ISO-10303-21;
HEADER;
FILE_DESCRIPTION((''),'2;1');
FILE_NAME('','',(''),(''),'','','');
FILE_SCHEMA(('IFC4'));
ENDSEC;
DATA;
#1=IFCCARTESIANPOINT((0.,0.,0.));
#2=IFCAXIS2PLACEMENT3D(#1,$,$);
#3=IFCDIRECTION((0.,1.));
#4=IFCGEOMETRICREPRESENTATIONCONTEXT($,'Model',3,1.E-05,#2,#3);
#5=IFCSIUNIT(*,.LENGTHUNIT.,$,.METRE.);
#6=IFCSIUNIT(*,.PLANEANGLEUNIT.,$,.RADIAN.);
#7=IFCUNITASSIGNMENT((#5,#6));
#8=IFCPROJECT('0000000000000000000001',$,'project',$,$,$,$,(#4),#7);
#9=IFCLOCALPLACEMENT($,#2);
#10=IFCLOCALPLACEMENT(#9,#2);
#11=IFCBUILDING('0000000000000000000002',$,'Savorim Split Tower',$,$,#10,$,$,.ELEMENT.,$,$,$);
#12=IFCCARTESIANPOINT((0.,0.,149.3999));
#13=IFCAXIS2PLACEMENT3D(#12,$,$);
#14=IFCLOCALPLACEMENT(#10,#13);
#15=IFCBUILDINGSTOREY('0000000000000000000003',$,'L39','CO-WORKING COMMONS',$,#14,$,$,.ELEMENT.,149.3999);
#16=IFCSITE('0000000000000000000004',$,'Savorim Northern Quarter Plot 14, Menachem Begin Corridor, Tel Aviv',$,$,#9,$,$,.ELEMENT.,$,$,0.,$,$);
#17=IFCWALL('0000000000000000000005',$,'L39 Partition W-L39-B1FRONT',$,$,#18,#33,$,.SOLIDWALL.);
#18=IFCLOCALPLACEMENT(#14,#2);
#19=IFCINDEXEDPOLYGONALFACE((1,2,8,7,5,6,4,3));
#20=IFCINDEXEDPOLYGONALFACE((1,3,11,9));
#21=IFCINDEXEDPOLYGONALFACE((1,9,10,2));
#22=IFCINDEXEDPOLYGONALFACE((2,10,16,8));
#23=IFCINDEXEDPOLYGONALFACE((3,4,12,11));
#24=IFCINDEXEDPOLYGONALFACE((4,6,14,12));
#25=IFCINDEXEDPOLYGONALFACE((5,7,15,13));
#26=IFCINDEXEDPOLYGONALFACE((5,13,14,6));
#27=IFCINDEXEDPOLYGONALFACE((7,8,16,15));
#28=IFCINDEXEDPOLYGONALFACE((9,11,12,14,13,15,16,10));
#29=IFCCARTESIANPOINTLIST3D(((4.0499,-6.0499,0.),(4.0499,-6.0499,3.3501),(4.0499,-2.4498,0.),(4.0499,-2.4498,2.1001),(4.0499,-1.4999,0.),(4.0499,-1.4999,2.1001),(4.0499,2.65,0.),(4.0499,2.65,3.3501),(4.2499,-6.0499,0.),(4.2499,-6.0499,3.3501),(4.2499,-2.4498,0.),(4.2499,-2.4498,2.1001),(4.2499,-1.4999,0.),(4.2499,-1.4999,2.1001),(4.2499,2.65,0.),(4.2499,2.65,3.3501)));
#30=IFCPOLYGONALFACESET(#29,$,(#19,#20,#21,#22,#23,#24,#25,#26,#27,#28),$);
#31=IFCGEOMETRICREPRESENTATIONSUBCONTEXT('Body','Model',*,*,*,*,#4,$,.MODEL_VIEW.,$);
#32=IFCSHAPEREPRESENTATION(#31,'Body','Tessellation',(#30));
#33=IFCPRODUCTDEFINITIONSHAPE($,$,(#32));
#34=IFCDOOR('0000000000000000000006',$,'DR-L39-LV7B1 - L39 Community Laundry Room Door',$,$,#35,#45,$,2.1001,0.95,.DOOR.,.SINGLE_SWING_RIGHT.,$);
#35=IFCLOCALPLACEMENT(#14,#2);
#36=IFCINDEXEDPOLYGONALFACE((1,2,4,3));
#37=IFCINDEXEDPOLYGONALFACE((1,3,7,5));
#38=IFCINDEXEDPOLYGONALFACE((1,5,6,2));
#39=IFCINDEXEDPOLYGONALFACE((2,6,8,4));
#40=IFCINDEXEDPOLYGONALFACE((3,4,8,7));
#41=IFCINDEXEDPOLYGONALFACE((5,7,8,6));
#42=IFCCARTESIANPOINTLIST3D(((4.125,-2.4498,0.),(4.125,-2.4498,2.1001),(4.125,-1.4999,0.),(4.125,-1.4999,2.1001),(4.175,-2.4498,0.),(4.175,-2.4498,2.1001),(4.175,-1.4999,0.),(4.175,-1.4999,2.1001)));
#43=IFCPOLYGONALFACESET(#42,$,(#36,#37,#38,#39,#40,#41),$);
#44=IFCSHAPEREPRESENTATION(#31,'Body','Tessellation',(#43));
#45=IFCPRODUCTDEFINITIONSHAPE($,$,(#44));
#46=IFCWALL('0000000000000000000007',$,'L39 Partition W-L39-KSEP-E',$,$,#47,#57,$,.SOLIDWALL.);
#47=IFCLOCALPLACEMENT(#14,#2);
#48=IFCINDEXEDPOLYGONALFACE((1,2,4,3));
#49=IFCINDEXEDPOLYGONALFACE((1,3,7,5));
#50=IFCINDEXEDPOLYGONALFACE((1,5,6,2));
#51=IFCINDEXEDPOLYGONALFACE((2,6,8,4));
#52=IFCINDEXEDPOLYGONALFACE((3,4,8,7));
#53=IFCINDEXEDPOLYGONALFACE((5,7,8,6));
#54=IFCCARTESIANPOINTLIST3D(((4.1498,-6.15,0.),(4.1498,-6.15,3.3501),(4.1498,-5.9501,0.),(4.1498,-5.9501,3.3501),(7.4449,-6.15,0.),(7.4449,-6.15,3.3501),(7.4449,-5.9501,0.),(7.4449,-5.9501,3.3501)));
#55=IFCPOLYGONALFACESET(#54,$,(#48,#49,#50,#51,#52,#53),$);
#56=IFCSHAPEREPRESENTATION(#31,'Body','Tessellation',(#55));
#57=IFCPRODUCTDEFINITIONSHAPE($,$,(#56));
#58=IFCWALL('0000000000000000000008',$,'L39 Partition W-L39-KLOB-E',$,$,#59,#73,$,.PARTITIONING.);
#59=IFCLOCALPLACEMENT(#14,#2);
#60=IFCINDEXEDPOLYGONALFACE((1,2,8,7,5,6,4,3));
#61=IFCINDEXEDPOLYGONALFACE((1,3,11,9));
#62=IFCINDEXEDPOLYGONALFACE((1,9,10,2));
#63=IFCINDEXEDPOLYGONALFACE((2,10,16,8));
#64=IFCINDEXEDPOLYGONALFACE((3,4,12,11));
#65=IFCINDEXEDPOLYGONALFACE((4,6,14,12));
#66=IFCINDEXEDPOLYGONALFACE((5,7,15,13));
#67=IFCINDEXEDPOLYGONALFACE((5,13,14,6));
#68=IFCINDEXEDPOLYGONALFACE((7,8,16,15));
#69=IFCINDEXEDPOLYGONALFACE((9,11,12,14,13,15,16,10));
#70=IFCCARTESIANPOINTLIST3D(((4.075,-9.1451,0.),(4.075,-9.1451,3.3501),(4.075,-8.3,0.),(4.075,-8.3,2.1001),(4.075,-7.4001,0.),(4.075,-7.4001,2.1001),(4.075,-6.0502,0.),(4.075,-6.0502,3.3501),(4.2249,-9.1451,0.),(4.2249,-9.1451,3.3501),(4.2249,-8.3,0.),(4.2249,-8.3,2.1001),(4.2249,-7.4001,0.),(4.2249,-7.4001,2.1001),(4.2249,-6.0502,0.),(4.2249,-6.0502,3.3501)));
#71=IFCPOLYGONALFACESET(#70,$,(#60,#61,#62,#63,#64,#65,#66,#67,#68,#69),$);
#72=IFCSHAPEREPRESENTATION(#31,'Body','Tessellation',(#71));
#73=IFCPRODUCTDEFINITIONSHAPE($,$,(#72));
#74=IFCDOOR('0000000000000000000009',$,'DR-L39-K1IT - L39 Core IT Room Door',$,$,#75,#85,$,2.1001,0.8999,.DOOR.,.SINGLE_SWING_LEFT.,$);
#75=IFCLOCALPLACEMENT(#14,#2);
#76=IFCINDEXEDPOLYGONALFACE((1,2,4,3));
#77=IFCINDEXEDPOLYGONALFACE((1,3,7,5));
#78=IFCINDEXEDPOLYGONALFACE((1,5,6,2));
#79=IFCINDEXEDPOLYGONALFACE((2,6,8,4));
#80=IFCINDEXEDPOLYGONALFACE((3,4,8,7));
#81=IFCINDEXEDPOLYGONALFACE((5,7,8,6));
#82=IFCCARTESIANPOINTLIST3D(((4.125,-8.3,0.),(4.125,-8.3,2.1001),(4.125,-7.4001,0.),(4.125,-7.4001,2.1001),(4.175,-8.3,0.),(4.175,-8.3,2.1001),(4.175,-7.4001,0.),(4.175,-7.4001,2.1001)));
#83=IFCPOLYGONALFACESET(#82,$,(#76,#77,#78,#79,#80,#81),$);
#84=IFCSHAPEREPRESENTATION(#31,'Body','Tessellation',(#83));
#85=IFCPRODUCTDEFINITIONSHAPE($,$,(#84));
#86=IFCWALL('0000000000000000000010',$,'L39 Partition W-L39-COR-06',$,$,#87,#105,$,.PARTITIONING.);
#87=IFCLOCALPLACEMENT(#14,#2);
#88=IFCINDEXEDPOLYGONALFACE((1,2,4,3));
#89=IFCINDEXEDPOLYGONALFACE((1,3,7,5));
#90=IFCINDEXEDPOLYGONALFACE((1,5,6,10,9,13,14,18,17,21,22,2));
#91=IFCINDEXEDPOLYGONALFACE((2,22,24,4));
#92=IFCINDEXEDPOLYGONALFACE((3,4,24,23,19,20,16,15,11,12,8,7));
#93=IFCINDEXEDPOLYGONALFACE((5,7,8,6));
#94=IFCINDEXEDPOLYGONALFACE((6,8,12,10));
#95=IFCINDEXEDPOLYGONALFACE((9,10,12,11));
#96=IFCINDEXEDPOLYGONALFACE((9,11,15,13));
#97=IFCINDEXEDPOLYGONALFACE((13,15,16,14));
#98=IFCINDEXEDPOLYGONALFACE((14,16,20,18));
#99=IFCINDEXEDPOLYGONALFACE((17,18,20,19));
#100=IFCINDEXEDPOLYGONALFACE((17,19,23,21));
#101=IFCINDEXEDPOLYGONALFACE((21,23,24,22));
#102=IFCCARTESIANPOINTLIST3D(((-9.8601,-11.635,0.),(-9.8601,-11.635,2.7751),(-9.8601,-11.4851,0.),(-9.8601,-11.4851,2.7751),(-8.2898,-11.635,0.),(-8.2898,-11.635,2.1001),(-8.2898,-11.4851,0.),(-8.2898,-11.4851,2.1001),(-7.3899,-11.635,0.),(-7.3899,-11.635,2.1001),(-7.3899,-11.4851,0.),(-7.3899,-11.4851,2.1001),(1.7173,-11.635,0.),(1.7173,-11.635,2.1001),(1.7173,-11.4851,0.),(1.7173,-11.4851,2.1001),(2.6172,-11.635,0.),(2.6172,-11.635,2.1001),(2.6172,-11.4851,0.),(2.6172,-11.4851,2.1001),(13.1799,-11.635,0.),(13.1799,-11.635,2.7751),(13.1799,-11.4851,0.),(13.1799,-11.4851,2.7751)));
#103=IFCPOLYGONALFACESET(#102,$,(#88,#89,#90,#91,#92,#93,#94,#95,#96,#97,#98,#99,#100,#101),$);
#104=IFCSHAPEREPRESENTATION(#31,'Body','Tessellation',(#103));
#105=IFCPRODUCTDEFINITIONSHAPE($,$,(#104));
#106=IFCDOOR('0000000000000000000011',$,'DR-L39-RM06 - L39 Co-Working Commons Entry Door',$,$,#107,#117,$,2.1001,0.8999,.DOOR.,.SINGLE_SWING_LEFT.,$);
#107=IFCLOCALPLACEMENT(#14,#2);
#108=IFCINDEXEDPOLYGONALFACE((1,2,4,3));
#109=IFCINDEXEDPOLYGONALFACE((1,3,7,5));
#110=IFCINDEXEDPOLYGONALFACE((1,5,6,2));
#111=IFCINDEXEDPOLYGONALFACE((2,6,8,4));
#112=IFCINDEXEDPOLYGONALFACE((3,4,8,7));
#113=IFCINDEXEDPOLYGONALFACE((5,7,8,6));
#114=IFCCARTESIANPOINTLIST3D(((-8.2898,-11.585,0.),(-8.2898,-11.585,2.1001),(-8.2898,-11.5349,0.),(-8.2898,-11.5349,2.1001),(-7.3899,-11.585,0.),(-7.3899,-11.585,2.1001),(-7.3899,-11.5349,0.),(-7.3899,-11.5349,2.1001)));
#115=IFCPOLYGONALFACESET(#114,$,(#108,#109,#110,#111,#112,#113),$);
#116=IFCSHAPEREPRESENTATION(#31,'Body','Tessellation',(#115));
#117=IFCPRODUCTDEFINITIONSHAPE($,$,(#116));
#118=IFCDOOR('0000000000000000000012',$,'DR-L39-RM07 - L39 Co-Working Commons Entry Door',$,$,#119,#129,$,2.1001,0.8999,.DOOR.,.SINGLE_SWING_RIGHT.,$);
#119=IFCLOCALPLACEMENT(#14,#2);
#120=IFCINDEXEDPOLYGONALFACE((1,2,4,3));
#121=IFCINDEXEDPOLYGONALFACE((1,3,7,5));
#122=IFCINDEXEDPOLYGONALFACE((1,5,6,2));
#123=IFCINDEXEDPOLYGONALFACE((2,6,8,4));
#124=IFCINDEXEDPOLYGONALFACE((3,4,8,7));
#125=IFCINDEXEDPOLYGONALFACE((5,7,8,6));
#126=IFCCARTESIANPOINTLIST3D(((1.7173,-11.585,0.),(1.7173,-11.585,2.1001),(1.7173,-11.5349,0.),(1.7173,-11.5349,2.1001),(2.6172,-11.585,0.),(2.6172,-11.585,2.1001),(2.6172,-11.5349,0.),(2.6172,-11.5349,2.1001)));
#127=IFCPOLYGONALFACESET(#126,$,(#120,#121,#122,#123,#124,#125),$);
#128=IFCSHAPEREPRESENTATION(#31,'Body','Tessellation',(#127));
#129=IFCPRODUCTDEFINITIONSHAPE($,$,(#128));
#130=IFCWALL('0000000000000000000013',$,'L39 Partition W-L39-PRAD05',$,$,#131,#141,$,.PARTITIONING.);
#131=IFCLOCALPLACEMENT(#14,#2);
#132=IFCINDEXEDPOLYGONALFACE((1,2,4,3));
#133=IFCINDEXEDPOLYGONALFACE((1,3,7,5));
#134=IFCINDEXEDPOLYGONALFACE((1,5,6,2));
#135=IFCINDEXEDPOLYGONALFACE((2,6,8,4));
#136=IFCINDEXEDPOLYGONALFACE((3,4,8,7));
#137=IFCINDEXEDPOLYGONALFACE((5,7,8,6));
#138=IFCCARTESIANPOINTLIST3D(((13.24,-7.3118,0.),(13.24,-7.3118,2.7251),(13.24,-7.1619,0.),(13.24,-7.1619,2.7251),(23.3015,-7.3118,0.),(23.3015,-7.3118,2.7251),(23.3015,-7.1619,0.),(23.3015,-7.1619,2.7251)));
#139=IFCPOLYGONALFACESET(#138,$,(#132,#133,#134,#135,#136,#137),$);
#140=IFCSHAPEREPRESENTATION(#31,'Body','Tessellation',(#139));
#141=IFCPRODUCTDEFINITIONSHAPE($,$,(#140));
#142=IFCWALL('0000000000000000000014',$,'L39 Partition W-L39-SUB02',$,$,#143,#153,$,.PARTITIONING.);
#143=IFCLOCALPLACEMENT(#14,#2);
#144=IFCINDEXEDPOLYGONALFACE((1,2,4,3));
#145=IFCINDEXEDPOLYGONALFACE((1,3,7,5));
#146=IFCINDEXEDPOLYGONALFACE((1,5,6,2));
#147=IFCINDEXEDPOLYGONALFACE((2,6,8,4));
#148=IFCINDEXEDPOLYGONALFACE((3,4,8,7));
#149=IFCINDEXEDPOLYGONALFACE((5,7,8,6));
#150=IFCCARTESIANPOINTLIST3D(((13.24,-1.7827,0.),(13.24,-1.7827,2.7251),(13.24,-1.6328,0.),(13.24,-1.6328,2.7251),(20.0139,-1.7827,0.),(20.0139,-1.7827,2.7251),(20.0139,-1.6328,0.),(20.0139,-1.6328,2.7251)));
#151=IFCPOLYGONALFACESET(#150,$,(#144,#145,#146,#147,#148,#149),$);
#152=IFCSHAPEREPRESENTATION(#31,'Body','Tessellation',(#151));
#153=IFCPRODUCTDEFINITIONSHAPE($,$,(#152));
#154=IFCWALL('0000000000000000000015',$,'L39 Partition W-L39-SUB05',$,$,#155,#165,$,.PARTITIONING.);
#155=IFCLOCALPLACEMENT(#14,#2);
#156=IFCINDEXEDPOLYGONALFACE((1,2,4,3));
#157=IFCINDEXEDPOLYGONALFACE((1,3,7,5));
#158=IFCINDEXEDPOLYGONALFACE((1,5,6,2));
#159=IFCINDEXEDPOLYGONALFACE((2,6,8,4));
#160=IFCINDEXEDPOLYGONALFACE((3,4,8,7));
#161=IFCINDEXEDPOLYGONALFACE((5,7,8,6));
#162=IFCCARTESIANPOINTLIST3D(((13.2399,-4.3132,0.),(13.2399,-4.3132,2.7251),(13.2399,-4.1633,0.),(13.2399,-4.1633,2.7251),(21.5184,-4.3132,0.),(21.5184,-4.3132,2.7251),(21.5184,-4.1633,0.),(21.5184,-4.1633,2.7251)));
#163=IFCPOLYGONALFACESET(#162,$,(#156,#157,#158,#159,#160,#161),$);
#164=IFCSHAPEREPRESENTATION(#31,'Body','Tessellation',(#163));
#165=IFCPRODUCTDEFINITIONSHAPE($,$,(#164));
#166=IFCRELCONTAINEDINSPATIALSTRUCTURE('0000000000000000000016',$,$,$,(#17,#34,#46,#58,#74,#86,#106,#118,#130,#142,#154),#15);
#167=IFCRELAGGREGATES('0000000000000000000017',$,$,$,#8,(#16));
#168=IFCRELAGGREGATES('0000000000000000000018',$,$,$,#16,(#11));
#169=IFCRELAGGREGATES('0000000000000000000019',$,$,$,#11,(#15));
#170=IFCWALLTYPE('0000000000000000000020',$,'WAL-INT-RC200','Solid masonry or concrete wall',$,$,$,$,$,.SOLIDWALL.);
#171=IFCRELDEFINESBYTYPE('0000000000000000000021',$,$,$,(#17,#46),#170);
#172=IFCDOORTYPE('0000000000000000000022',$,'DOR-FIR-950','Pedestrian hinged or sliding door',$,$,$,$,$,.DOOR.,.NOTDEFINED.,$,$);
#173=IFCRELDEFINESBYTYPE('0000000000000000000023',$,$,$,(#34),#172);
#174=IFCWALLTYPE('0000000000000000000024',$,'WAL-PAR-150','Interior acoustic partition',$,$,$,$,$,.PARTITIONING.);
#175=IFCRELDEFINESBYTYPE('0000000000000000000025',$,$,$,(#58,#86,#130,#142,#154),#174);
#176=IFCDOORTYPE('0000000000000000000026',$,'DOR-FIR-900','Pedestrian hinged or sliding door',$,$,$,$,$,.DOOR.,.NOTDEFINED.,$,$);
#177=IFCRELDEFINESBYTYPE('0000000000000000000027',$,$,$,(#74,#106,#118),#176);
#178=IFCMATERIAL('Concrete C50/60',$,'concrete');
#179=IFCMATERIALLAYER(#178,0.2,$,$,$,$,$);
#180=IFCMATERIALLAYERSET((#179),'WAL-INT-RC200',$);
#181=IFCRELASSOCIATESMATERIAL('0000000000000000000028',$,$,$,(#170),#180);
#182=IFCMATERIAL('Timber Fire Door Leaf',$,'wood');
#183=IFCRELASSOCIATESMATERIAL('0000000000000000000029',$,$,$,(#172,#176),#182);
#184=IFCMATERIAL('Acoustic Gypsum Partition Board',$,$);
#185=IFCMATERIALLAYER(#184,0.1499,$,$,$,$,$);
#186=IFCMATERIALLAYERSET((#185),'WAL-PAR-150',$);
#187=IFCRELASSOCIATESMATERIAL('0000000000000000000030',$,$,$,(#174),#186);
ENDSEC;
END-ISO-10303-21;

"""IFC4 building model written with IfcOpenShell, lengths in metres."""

from ifc_helpers import new_model, si_unit, direction, frame, frame_2d, origin, place, context, subcontext, project, spatial, rectangle, extrude, material, layer, layer_set, type_object, element, fill, save


model = new_model("IFC4")

# Units and contexts
model_context = context("Model", 3, precision=1e-05, world=origin(), true_north=direction((0.0, 1.0)))
body_context = subcontext(model_context, "Body", "Model", "MODEL_VIEW")
ifc_project = project(units=[si_unit("LENGTHUNIT", "METRE"), si_unit("PLANEANGLEUNIT", "RADIAN")], contexts=[model_context])

# Site, building, storey
site_placement = place(None, origin())
site = spatial("IfcSite", under=ifc_project, at=site_placement, Name="Savorim Northern Quarter Plot 14, Menachem Begin Corridor, Tel Aviv", CompositionType="ELEMENT", RefElevation=0.0)
building_placement = place(site_placement, origin())
building = spatial("IfcBuilding", under=site, at=building_placement, Name="Savorim Split Tower", CompositionType="ELEMENT")
storey_placement = place(building_placement, frame((0.0, 0.0, 149.3999)))
storey = spatial("IfcBuildingStorey", under=building, at=storey_placement, Name="L39", Description="CO-WORKING COMMONS", CompositionType="ELEMENT", Elevation=149.3999)

# Shared definitions
ifc_material_1 = material(Name="Concrete C50/60", Category="concrete")

# Wall, opening, door
ifc_layer_1 = layer(ifc_material_1, 0.2)
ifc_layer_set_1 = layer_set([ifc_layer_1], Name="WAL-INT-RC200")
wall_type_1 = type_object("IfcWallType", Name="WAL-INT-RC200", Description="Solid masonry or concrete wall", PredefinedType="SOLIDWALL", material=ifc_layer_set_1)
wall_1_placement = place(storey_placement, frame((4.1499, -6.05, 0.0), z_axis=(0.0, 0.0, 1.0), x_axis=(0.0, 1.0, 0.0)))
wall_1 = element("IfcWall", 1, at=wall_1_placement, inside=storey, type_object=wall_type_1, Name="L39 Partition W-L39-B1FRONT", PredefinedType="SOLIDWALL", context=body_context, shape_type="SweptSolid", body=[
    extrude(rectangle(XDim=8.7, YDim=0.2, at=frame_2d((4.3501, 0.0))), origin(), (0.0, 0.0, 1.0), 3.3501),
])
opening_1_placement = place(wall_1_placement, frame((3.6001, 0.0, 0.0)))
opening_1 = element("IfcOpeningElement", 2, at=opening_1_placement, cuts=wall_1, PredefinedType="OPENING", context=body_context, shape_type="SweptSolid", body=[
    extrude(rectangle(XDim=0.95, YDim=2.1001, at=frame_2d((0.4751, 1.05))), frame((0.0, 0.1099, 0.0), z_axis=(0.0, -1.0, 0.0), x_axis=(1.0, 0.0, 0.0)), (0.0, 0.0, 1.0), 0.22),
])
ifc_material_2 = material(Name="Timber Fire Door Leaf", Category="wood")
door_type_1 = type_object("IfcDoorType", Name="DOR-FIR-950", Description="Pedestrian hinged or sliding door", OperationType="NOTDEFINED", PredefinedType="DOOR", material=ifc_material_2)
door_1_placement = place(opening_1_placement, origin())
door_1 = element("IfcDoor", 3, at=door_1_placement, inside=storey, type_object=door_type_1, Name="DR-L39-LV7B1 - L39 Community Laundry Room Door", OperationType="SINGLE_SWING_RIGHT", OverallHeight=2.1001, OverallWidth=0.95, PredefinedType="DOOR", context=body_context, shape_type="SweptSolid", body=[
    extrude(rectangle(XDim=0.95, YDim=2.1001, at=frame_2d((0.4751, 1.05))), frame((0.0, 0.0249, 0.0), z_axis=(0.0, -1.0, 0.0), x_axis=(1.0, 0.0, 0.0)), (0.0, 0.0, 1.0), 0.05),
])
fill(opening_1, door_1)

# Wall
wall_2_placement = place(storey_placement, frame((4.1499, -6.05, 0.0), z_axis=(0.0, 0.0, 1.0), x_axis=(1.0, 0.0, 0.0)))
element("IfcWall", 4, at=wall_2_placement, inside=storey, type_object=wall_type_1, Name="L39 Partition W-L39-KSEP-E", PredefinedType="SOLIDWALL", context=body_context, shape_type="SweptSolid", body=[
    extrude(rectangle(XDim=3.2952, YDim=0.2, at=frame_2d((1.6475, 0.0))), origin(), (0.0, 0.0, 1.0), 3.3501),
])

# Wall, opening, door
ifc_material_3 = material(Name="Acoustic Gypsum Partition Board")
ifc_layer_2 = layer(ifc_material_3, 0.1499)
ifc_layer_set_2 = layer_set([ifc_layer_2], Name="WAL-PAR-150")
wall_type_2 = type_object("IfcWallType", Name="WAL-PAR-150", Description="Interior acoustic partition", PredefinedType="PARTITIONING", material=ifc_layer_set_2)
wall_3_placement = place(storey_placement, frame((4.1499, -9.145, 0.0), z_axis=(0.0, 0.0, 1.0), x_axis=(0.0, 1.0, 0.0)))
wall_3 = element("IfcWall", 5, at=wall_3_placement, inside=storey, type_object=wall_type_2, Name="L39 Partition W-L39-KLOB-E", PredefinedType="PARTITIONING", context=body_context, shape_type="SweptSolid", body=[
    extrude(rectangle(XDim=3.095, YDim=0.1499, at=frame_2d((1.5474, 0.0))), origin(), (0.0, 0.0, 1.0), 3.3501),
])
opening_2_placement = place(wall_3_placement, frame((0.845, 0.0, 0.0)))
opening_2 = element("IfcOpeningElement", 6, at=opening_2_placement, cuts=wall_3, PredefinedType="OPENING", context=body_context, shape_type="SweptSolid", body=[
    extrude(rectangle(XDim=0.8999, YDim=2.1001, at=frame_2d((0.45, 1.05))), frame((0.0, 0.085, 0.0), z_axis=(0.0, -1.0, 0.0), x_axis=(1.0, 0.0, 0.0)), (0.0, 0.0, 1.0), 0.1699),
])
door_type_2 = type_object("IfcDoorType", Name="DOR-FIR-900", Description="Pedestrian hinged or sliding door", OperationType="NOTDEFINED", PredefinedType="DOOR", material=ifc_material_2)
door_2_placement = place(opening_2_placement, origin())
door_2 = element("IfcDoor", 7, at=door_2_placement, inside=storey, type_object=door_type_2, Name="DR-L39-K1IT - L39 Core IT Room Door", OperationType="SINGLE_SWING_LEFT", OverallHeight=2.1001, OverallWidth=0.8999, PredefinedType="DOOR", context=body_context, shape_type="SweptSolid", body=[
    extrude(rectangle(XDim=0.8999, YDim=2.1001, at=frame_2d((0.45, 1.05))), frame((0.0, 0.0249, 0.0), z_axis=(0.0, -1.0, 0.0), x_axis=(1.0, 0.0, 0.0)), (0.0, 0.0, 1.0), 0.05),
])
fill(opening_2, door_2)

# Wall, openings, doors
wall_4_placement = place(storey_placement, frame((13.1799, -11.5601, 0.0), z_axis=(0.0, 0.0, 1.0), x_axis=(-1.0, 0.0, 0.0)))
wall_4 = element("IfcWall", 8, at=wall_4_placement, inside=storey, type_object=wall_type_2, Name="L39 Partition W-L39-COR-06", PredefinedType="PARTITIONING", context=body_context, shape_type="SweptSolid", body=[
    extrude(rectangle(XDim=23.04, YDim=0.1499, at=frame_2d((11.52, 0.0))), origin(), (0.0, 0.0, 1.0), 2.7751),
])
opening_3_placement = place(wall_4_placement, frame((20.5698, 0.0, 0.0)))
opening_3 = element("IfcOpeningElement", 9, at=opening_3_placement, cuts=wall_4, PredefinedType="OPENING", context=body_context, shape_type="SweptSolid", body=[
    extrude(rectangle(XDim=0.8999, YDim=2.1001, at=frame_2d((0.45, 1.05))), frame((0.0, 0.085, 0.0), z_axis=(0.0, -1.0, 0.0), x_axis=(1.0, 0.0, 0.0)), (0.0, 0.0, 1.0), 0.1699),
])
opening_4_placement = place(wall_4_placement, frame((10.5627, 0.0, 0.0)))
opening_4 = element("IfcOpeningElement", 10, at=opening_4_placement, cuts=wall_4, PredefinedType="OPENING", context=body_context, shape_type="SweptSolid", body=[
    extrude(rectangle(XDim=0.8999, YDim=2.1001, at=frame_2d((0.45, 1.05))), frame((0.0, 0.085, 0.0), z_axis=(0.0, -1.0, 0.0), x_axis=(1.0, 0.0, 0.0)), (0.0, 0.0, 1.0), 0.1699),
])
door_3_placement = place(opening_3_placement, origin())
door_3 = element("IfcDoor", 11, at=door_3_placement, inside=storey, type_object=door_type_2, Name="DR-L39-RM06 - L39 Co-Working Commons Entry Door", OperationType="SINGLE_SWING_LEFT", OverallHeight=2.1001, OverallWidth=0.8999, PredefinedType="DOOR", context=body_context, shape_type="SweptSolid", body=[
    extrude(rectangle(XDim=0.8999, YDim=2.1001, at=frame_2d((0.45, 1.05))), frame((0.0, 0.0249, 0.0), z_axis=(0.0, -1.0, 0.0), x_axis=(1.0, 0.0, 0.0)), (0.0, 0.0, 1.0), 0.05),
])
fill(opening_3, door_3)
door_4_placement = place(opening_4_placement, origin())
door_4 = element("IfcDoor", 12, at=door_4_placement, inside=storey, type_object=door_type_2, Name="DR-L39-RM07 - L39 Co-Working Commons Entry Door", OperationType="SINGLE_SWING_RIGHT", OverallHeight=2.1001, OverallWidth=0.8999, PredefinedType="DOOR", context=body_context, shape_type="SweptSolid", body=[
    extrude(rectangle(XDim=0.8999, YDim=2.1001, at=frame_2d((0.45, 1.05))), frame((0.0, 0.0249, 0.0), z_axis=(0.0, -1.0, 0.0), x_axis=(1.0, 0.0, 0.0)), (0.0, 0.0, 1.0), 0.05),
])
fill(opening_4, door_4)

# Walls
wall_5_placement = place(storey_placement, frame((13.24, -7.2368, 0.0), z_axis=(0.0, 0.0, 1.0), x_axis=(1.0, 0.0, 0.0)))
element("IfcWall", 13, at=wall_5_placement, inside=storey, type_object=wall_type_2, Name="L39 Partition W-L39-PRAD05", PredefinedType="PARTITIONING", context=body_context, shape_type="SweptSolid", body=[
    extrude(rectangle(XDim=10.0615, YDim=0.1499, at=frame_2d((5.0308, 0.0))), origin(), (0.0, 0.0, 1.0), 2.7251),
])
wall_6_placement = place(storey_placement, frame((13.24, -1.7078, 0.0), z_axis=(0.0, 0.0, 1.0), x_axis=(1.0, 0.0, 0.0)))
element("IfcWall", 14, at=wall_6_placement, inside=storey, type_object=wall_type_2, Name="L39 Partition W-L39-SUB02", PredefinedType="PARTITIONING", context=body_context, shape_type="SweptSolid", body=[
    extrude(rectangle(XDim=6.7739, YDim=0.1499, at=frame_2d((3.387, 0.0))), origin(), (0.0, 0.0, 1.0), 2.7251),
])
wall_7_placement = place(storey_placement, frame((13.24, -4.2383, 0.0), z_axis=(0.0, 0.0, 1.0), x_axis=(1.0, 0.0, 0.0)))
element("IfcWall", 15, at=wall_7_placement, inside=storey, type_object=wall_type_2, Name="L39 Partition W-L39-SUB05", PredefinedType="PARTITIONING", context=body_context, shape_type="SweptSolid", body=[
    extrude(rectangle(XDim=8.2786, YDim=0.1499, at=frame_2d((4.1392, 0.0))), origin(), (0.0, 0.0, 1.0), 2.7251),
])

save(model, "model.ifc")
